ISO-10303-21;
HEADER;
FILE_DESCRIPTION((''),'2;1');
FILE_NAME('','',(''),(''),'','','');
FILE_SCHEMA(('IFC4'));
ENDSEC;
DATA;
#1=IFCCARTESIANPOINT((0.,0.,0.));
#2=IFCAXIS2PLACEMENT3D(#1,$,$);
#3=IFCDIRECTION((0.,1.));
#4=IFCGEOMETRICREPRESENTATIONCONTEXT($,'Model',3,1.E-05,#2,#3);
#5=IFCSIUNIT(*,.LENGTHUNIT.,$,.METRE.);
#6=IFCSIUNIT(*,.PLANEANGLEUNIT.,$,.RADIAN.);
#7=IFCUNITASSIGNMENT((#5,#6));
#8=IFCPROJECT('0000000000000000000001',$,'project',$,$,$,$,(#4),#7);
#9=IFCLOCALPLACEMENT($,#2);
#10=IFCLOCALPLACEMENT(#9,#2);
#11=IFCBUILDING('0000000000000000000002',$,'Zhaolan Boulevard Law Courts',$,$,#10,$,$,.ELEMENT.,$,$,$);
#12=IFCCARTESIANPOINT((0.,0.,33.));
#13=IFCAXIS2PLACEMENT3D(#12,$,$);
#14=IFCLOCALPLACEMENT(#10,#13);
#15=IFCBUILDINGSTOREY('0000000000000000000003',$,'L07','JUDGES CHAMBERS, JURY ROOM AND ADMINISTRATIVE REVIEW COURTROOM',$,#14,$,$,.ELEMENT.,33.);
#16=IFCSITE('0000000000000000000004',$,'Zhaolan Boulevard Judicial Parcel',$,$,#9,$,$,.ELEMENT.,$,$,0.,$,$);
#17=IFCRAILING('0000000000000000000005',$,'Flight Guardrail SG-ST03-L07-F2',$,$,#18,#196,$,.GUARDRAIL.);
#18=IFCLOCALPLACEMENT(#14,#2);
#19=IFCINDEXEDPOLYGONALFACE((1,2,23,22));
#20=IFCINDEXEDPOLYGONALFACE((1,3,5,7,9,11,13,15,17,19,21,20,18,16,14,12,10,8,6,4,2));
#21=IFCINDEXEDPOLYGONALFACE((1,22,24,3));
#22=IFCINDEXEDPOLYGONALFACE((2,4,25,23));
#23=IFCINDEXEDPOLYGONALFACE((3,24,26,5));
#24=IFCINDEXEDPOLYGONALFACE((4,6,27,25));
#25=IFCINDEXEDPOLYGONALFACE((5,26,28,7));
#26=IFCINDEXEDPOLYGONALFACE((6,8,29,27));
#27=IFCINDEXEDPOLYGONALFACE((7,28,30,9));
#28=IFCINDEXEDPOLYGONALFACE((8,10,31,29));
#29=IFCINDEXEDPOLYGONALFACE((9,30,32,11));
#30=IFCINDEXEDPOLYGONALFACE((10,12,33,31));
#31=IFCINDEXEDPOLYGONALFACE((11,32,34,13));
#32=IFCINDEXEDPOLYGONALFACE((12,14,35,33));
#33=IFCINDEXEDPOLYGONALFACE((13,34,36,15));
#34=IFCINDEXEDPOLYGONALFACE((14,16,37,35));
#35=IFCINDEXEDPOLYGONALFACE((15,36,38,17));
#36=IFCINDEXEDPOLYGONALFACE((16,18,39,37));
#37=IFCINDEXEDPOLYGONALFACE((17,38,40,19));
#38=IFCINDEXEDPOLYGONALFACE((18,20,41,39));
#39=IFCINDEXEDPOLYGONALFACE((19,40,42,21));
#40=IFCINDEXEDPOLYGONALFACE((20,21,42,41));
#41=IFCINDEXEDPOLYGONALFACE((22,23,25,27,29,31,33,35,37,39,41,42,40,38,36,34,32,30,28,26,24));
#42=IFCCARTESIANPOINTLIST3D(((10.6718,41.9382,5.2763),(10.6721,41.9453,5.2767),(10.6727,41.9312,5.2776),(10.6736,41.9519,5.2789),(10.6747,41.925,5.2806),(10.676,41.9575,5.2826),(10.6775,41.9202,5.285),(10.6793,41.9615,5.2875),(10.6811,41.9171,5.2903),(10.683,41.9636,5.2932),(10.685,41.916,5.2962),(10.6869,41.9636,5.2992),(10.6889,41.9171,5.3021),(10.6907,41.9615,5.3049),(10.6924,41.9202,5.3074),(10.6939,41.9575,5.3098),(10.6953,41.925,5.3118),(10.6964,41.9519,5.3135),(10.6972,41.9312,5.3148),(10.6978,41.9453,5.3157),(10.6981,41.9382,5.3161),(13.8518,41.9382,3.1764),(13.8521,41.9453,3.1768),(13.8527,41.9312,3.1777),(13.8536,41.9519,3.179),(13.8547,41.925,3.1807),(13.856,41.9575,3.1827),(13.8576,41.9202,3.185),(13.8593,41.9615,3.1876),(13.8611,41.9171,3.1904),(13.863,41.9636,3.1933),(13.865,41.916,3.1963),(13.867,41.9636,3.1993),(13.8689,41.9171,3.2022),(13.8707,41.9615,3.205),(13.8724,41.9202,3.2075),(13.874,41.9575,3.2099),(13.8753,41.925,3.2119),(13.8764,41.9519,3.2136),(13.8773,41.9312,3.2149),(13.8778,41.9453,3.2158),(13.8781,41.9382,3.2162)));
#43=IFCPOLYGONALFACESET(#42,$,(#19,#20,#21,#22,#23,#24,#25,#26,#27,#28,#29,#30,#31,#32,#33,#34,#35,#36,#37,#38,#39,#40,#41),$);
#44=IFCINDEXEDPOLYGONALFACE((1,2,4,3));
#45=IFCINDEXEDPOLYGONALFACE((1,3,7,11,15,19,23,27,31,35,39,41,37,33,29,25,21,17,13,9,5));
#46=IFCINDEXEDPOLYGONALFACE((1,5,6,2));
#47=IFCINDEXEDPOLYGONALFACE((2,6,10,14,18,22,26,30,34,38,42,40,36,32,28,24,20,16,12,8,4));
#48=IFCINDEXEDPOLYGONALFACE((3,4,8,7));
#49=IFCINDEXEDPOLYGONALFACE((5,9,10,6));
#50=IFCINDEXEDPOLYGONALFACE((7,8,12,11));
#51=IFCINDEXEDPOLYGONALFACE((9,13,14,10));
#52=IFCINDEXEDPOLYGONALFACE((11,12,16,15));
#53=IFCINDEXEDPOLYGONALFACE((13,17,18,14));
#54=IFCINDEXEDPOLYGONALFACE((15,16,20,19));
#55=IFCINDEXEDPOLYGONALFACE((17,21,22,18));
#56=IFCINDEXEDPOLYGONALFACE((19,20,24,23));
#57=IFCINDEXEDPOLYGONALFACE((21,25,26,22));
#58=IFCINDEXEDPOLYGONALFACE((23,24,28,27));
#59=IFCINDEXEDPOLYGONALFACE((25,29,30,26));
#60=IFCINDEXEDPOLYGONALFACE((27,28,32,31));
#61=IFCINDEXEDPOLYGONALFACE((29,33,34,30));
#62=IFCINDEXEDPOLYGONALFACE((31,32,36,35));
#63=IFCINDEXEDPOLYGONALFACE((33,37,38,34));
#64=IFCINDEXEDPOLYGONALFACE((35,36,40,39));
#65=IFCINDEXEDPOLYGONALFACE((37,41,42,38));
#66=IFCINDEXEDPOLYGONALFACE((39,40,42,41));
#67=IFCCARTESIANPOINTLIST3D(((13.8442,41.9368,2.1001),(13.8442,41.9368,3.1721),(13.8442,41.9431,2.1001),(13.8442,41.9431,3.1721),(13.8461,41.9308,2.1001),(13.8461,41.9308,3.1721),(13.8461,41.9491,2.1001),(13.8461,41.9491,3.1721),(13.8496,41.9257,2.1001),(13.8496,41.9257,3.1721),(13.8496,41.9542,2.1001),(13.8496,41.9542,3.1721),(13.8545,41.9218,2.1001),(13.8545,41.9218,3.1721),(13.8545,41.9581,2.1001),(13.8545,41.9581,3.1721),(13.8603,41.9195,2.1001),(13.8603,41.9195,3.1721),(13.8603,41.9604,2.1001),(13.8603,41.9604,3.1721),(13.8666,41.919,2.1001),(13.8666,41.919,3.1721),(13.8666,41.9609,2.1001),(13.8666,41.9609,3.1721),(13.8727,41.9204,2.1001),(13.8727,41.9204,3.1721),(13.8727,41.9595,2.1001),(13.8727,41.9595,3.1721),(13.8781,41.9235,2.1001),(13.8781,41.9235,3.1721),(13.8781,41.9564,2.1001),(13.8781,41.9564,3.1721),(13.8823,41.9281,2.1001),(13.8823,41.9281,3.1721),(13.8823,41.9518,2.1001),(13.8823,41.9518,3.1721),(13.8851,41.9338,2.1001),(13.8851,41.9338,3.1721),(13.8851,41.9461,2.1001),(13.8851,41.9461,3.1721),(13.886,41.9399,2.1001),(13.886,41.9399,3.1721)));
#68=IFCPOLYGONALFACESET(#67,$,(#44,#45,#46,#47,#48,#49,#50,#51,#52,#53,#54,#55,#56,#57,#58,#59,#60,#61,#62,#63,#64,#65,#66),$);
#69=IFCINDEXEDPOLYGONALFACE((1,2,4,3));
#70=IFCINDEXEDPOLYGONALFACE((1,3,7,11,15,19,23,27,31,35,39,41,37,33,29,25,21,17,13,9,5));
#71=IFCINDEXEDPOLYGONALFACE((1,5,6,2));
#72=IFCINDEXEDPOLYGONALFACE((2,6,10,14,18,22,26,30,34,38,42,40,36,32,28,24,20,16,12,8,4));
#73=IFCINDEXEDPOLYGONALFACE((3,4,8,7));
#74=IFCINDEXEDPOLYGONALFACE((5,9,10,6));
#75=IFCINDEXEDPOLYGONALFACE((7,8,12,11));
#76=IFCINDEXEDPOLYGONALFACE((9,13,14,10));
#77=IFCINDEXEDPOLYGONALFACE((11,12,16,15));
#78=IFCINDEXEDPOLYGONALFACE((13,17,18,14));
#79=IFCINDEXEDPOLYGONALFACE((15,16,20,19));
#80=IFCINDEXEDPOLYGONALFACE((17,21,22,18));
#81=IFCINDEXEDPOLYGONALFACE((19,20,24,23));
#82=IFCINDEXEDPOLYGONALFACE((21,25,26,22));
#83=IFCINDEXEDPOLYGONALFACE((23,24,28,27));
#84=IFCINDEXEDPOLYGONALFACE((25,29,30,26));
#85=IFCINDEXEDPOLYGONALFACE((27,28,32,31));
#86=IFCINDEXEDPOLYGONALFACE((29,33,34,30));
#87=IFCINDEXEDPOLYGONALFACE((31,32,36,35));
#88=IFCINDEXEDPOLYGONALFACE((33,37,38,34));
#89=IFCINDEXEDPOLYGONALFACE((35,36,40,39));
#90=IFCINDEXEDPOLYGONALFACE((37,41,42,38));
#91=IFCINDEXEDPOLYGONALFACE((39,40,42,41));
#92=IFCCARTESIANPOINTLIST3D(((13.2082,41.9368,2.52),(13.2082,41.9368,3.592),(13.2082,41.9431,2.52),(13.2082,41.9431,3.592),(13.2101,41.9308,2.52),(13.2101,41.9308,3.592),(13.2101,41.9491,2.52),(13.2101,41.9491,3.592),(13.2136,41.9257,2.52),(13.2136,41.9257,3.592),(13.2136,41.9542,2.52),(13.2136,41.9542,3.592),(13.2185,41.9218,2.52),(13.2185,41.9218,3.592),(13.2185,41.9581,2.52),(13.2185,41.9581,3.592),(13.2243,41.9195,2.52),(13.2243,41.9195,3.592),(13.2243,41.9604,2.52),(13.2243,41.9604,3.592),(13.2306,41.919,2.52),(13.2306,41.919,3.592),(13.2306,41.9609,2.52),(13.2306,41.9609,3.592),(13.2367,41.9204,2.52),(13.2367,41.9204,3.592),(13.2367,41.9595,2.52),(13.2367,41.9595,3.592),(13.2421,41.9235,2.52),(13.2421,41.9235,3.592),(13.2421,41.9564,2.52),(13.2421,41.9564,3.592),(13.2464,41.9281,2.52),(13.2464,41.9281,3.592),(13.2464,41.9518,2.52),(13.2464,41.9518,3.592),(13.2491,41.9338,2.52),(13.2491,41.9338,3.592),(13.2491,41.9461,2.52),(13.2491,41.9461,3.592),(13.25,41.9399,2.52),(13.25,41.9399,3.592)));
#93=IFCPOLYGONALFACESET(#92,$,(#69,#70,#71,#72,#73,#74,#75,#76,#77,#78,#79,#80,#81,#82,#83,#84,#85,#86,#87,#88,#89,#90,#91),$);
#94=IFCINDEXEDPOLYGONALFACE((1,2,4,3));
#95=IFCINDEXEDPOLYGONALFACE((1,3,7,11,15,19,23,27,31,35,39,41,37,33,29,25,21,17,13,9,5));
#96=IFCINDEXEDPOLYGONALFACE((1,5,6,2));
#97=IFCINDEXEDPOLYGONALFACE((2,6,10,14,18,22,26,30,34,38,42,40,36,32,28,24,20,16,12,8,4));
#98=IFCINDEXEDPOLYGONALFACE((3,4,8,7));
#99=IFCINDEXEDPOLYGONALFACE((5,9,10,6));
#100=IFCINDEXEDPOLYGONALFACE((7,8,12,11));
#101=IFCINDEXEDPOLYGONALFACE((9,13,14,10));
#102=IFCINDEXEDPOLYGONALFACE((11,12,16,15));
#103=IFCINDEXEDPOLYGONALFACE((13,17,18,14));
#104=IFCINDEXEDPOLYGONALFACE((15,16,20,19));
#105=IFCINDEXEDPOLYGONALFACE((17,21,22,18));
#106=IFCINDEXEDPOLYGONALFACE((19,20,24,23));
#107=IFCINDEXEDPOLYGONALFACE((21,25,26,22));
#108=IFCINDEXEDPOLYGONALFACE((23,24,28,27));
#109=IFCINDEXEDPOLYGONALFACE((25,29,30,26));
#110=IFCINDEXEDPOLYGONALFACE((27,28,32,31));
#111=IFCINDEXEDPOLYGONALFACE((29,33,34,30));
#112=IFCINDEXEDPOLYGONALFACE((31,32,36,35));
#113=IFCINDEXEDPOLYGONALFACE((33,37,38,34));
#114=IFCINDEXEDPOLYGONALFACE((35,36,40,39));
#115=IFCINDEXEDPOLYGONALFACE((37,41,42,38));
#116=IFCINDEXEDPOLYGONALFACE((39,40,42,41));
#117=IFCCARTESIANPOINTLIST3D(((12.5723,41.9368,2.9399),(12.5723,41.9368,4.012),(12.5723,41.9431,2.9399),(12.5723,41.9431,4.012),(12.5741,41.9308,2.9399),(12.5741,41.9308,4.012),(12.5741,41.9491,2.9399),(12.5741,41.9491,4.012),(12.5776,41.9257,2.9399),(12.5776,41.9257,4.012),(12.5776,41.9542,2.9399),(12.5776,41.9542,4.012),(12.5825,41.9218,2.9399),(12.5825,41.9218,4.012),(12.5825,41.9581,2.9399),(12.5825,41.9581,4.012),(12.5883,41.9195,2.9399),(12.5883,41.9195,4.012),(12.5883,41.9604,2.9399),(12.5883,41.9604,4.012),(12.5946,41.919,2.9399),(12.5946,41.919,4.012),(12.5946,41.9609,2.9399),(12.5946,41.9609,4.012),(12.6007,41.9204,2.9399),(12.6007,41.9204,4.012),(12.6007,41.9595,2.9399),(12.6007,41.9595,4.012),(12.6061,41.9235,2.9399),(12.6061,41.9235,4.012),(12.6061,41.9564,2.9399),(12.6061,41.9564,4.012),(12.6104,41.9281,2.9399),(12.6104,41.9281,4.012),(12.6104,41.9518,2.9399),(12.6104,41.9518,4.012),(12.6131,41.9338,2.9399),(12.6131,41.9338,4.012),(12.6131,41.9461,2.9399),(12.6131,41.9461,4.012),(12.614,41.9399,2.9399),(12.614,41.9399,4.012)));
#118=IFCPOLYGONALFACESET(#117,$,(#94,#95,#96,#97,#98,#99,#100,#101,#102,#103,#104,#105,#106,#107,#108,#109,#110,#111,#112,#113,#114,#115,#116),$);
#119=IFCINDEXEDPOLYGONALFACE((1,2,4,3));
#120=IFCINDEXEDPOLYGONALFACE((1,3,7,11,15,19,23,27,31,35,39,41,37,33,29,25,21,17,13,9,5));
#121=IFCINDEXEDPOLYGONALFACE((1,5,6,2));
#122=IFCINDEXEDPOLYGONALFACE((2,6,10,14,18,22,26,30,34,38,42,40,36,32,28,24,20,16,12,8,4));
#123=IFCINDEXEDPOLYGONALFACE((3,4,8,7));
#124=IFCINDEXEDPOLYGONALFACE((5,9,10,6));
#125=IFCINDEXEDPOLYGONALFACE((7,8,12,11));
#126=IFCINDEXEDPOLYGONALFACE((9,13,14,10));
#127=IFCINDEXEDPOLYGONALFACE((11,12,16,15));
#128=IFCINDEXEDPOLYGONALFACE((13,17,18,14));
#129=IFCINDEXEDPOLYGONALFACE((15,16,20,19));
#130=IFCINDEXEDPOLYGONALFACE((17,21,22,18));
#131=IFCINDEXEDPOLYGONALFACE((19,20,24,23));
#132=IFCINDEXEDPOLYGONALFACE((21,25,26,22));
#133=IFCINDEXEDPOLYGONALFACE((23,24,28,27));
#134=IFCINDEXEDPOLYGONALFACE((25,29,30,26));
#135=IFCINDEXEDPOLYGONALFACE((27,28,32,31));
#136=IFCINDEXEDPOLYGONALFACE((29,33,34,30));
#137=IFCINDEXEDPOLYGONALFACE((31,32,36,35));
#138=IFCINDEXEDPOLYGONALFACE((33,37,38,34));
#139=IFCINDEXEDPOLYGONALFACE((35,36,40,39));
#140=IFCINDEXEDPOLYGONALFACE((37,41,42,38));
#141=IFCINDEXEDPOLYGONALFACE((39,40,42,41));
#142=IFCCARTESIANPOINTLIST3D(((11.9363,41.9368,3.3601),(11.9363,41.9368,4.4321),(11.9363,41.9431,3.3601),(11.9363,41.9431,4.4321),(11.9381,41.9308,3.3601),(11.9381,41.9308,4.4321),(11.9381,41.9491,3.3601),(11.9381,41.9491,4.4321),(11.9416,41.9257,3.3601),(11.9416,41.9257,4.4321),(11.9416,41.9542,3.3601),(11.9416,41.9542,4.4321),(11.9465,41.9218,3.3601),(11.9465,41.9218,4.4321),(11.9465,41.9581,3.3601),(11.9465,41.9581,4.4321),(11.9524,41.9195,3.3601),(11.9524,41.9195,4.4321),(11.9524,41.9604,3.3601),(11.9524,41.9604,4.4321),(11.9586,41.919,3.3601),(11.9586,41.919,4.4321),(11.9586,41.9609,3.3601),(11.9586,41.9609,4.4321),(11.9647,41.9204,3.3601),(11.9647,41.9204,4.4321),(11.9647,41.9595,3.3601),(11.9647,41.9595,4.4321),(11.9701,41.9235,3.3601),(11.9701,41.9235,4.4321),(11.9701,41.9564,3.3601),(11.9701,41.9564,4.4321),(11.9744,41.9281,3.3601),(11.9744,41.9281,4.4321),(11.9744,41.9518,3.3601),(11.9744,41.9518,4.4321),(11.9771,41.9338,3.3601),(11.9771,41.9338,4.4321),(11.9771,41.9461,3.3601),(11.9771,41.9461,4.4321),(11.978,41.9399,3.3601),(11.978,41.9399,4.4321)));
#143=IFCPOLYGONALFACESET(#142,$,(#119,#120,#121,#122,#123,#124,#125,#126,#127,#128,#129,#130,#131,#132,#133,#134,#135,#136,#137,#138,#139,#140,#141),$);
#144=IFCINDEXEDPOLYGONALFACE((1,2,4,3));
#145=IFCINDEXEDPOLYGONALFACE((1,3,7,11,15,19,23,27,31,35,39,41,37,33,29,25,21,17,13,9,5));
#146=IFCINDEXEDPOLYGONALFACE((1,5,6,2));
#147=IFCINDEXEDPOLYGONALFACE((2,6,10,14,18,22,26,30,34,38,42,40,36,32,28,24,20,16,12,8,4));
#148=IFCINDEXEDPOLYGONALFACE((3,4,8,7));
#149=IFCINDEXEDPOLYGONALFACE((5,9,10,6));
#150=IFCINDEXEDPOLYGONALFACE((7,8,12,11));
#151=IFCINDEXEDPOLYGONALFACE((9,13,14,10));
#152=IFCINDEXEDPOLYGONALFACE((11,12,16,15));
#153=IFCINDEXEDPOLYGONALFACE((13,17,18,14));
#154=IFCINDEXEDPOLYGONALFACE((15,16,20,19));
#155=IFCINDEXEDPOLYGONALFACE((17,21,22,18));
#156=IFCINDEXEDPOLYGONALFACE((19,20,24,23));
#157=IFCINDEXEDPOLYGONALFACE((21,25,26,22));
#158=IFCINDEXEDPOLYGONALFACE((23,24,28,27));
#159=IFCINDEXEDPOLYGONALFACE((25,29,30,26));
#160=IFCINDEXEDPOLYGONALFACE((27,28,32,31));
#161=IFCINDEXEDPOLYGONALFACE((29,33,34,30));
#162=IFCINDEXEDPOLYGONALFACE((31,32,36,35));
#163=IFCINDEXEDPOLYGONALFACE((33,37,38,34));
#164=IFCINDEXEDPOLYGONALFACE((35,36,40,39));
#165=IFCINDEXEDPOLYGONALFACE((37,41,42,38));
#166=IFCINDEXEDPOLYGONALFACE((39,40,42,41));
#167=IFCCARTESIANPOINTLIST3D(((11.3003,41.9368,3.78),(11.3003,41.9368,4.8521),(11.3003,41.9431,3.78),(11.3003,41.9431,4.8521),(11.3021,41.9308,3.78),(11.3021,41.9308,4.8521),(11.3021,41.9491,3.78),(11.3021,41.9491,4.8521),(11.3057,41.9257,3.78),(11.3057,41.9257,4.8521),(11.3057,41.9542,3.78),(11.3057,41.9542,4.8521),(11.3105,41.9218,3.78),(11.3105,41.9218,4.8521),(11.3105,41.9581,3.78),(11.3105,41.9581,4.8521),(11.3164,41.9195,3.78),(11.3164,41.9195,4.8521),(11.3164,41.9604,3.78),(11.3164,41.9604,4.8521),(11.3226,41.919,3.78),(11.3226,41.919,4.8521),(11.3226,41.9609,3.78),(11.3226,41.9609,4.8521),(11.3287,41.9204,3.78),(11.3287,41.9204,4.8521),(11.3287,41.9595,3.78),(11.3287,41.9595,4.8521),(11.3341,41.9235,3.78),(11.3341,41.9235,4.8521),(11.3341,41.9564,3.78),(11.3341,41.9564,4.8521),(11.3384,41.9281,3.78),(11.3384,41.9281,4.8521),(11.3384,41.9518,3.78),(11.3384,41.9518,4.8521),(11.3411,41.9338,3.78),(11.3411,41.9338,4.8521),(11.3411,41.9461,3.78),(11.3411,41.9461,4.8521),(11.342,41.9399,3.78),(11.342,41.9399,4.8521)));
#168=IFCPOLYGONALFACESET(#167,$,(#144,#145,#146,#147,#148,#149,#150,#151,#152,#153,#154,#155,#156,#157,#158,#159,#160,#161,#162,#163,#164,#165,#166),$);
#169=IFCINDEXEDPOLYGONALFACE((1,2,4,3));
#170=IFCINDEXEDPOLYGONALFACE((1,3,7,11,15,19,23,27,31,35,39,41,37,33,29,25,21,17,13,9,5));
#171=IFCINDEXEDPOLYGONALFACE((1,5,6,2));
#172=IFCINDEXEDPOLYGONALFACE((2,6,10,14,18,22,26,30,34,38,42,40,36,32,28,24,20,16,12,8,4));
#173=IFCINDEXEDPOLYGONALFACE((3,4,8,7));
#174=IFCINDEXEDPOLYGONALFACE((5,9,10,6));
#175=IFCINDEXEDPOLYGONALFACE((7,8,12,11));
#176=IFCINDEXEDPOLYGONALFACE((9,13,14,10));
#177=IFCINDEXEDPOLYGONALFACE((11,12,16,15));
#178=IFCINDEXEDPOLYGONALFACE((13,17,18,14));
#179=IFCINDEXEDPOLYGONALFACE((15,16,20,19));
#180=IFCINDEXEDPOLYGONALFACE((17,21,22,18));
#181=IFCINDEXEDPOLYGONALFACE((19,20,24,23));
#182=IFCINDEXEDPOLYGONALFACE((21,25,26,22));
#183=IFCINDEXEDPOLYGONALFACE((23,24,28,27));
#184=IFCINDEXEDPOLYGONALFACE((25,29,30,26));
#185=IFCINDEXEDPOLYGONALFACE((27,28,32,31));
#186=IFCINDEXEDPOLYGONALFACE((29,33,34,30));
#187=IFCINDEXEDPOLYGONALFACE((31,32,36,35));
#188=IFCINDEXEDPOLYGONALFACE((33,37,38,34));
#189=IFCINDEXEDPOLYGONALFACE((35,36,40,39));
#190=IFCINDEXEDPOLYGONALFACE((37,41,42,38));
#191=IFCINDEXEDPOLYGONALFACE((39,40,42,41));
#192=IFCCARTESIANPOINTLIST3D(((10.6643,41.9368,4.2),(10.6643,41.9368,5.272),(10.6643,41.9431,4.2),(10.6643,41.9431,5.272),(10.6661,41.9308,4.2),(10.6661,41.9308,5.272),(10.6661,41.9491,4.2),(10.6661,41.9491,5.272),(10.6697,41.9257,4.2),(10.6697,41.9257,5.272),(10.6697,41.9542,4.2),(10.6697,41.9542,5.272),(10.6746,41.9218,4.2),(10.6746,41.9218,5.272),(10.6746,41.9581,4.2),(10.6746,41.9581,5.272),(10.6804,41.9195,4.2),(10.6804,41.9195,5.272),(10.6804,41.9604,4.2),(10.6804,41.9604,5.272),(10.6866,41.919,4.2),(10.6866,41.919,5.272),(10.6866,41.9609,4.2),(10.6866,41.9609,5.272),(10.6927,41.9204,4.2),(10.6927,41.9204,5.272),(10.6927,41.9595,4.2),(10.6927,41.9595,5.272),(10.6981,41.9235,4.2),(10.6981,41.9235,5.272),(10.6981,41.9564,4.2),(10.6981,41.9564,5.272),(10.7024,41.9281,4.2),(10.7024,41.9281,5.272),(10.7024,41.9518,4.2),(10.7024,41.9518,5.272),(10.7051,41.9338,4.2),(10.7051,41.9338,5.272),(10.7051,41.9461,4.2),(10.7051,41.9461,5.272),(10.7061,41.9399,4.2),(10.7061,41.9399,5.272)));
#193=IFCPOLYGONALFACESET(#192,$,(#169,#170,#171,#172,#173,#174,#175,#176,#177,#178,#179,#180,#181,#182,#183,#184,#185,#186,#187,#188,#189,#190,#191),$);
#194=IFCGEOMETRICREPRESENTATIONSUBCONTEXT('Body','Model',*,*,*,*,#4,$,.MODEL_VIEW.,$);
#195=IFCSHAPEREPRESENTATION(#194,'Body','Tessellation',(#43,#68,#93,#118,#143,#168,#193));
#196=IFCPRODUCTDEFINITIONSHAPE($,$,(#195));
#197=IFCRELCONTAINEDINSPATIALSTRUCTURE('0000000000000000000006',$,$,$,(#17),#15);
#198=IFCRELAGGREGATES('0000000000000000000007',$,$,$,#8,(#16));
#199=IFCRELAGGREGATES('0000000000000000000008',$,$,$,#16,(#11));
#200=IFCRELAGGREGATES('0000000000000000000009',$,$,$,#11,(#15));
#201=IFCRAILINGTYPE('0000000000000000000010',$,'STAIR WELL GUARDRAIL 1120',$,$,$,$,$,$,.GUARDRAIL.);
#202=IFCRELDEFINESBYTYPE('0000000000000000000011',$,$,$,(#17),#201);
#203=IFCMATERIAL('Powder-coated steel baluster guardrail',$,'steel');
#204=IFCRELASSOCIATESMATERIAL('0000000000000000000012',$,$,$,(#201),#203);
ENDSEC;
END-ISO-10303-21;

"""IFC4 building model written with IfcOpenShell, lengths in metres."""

from ifc_helpers import new_model, si_unit, direction, frame, origin, origin_2d, place, context, subcontext, project, spatial, circle, extrude, material, type_object, element, save


model = new_model("IFC4")

# Units and contexts
model_context = context("Model", 3, precision=1e-05, world=origin(), true_north=direction((0.0, 1.0)))
body_context = subcontext(model_context, "Body", "Model", "MODEL_VIEW")
ifc_project = project(units=[si_unit("LENGTHUNIT", "METRE"), si_unit("PLANEANGLEUNIT", "RADIAN")], contexts=[model_context])

# Site, building, storey
site_placement = place(None, origin())
site = spatial("IfcSite", under=ifc_project, at=site_placement, Name="Zhaolan Boulevard Judicial Parcel", CompositionType="ELEMENT", RefElevation=0.0)
building_placement = place(site_placement, origin())
building = spatial("IfcBuilding", under=site, at=building_placement, Name="Zhaolan Boulevard Law Courts", CompositionType="ELEMENT")
storey_placement = place(building_placement, frame((0.0, 0.0, 33.0)))
storey = spatial("IfcBuildingStorey", under=building, at=storey_placement, Name="L07", Description="JUDGES CHAMBERS, JURY ROOM AND ADMINISTRATIVE REVIEW COURTROOM", CompositionType="ELEMENT", Elevation=33.0)

# Railing
ifc_material_1 = material(Name="Powder-coated steel baluster guardrail", Category="steel")
railing_type_1 = type_object("IfcRailingType", Name="STAIR WELL GUARDRAIL 1120", PredefinedType="GUARDRAIL", material=ifc_material_1)
railing_1_placement = place(storey_placement, frame((13.865, 41.9399, 2.1001)))
element("IfcRailing", 1, at=railing_1_placement, inside=storey, type_object=railing_type_1, Name="Flight Guardrail SG-ST03-L07-F2", PredefinedType="GUARDRAIL", context=body_context, shape_type="SweptSolid", body=[
    extrude(circle(Radius=0.0239, at=origin_2d()), frame((0.0, 0.0, 1.0962), z_axis=(-0.834477, 0.0, 0.551043), x_axis=(0.0, -1.0, 0.0)), (0.0, 0.0, 1.0), 3.8108),
    extrude(circle(Radius=0.021, at=origin_2d()), origin(), (0.0, 0.0, 1.0), 1.072),
    extrude(circle(Radius=0.021, at=origin_2d()), frame((-0.636, 0.0, 0.4199)), (0.0, 0.0, 1.0), 1.072),
    extrude(circle(Radius=0.021, at=origin_2d()), frame((-1.272, 0.0, 0.8398)), (0.0, 0.0, 1.0), 1.072),
    extrude(circle(Radius=0.021, at=origin_2d()), frame((-1.908, 0.0, 1.26)), (0.0, 0.0, 1.0), 1.072),
    extrude(circle(Radius=0.021, at=origin_2d()), frame((-2.5439, 0.0, 1.6799)), (0.0, 0.0, 1.0), 1.072),
    extrude(circle(Radius=0.021, at=origin_2d()), frame((-3.1799, 0.0, 2.0999)), (0.0, 0.0, 1.0), 1.072),
])

save(model, "model.ifc")
